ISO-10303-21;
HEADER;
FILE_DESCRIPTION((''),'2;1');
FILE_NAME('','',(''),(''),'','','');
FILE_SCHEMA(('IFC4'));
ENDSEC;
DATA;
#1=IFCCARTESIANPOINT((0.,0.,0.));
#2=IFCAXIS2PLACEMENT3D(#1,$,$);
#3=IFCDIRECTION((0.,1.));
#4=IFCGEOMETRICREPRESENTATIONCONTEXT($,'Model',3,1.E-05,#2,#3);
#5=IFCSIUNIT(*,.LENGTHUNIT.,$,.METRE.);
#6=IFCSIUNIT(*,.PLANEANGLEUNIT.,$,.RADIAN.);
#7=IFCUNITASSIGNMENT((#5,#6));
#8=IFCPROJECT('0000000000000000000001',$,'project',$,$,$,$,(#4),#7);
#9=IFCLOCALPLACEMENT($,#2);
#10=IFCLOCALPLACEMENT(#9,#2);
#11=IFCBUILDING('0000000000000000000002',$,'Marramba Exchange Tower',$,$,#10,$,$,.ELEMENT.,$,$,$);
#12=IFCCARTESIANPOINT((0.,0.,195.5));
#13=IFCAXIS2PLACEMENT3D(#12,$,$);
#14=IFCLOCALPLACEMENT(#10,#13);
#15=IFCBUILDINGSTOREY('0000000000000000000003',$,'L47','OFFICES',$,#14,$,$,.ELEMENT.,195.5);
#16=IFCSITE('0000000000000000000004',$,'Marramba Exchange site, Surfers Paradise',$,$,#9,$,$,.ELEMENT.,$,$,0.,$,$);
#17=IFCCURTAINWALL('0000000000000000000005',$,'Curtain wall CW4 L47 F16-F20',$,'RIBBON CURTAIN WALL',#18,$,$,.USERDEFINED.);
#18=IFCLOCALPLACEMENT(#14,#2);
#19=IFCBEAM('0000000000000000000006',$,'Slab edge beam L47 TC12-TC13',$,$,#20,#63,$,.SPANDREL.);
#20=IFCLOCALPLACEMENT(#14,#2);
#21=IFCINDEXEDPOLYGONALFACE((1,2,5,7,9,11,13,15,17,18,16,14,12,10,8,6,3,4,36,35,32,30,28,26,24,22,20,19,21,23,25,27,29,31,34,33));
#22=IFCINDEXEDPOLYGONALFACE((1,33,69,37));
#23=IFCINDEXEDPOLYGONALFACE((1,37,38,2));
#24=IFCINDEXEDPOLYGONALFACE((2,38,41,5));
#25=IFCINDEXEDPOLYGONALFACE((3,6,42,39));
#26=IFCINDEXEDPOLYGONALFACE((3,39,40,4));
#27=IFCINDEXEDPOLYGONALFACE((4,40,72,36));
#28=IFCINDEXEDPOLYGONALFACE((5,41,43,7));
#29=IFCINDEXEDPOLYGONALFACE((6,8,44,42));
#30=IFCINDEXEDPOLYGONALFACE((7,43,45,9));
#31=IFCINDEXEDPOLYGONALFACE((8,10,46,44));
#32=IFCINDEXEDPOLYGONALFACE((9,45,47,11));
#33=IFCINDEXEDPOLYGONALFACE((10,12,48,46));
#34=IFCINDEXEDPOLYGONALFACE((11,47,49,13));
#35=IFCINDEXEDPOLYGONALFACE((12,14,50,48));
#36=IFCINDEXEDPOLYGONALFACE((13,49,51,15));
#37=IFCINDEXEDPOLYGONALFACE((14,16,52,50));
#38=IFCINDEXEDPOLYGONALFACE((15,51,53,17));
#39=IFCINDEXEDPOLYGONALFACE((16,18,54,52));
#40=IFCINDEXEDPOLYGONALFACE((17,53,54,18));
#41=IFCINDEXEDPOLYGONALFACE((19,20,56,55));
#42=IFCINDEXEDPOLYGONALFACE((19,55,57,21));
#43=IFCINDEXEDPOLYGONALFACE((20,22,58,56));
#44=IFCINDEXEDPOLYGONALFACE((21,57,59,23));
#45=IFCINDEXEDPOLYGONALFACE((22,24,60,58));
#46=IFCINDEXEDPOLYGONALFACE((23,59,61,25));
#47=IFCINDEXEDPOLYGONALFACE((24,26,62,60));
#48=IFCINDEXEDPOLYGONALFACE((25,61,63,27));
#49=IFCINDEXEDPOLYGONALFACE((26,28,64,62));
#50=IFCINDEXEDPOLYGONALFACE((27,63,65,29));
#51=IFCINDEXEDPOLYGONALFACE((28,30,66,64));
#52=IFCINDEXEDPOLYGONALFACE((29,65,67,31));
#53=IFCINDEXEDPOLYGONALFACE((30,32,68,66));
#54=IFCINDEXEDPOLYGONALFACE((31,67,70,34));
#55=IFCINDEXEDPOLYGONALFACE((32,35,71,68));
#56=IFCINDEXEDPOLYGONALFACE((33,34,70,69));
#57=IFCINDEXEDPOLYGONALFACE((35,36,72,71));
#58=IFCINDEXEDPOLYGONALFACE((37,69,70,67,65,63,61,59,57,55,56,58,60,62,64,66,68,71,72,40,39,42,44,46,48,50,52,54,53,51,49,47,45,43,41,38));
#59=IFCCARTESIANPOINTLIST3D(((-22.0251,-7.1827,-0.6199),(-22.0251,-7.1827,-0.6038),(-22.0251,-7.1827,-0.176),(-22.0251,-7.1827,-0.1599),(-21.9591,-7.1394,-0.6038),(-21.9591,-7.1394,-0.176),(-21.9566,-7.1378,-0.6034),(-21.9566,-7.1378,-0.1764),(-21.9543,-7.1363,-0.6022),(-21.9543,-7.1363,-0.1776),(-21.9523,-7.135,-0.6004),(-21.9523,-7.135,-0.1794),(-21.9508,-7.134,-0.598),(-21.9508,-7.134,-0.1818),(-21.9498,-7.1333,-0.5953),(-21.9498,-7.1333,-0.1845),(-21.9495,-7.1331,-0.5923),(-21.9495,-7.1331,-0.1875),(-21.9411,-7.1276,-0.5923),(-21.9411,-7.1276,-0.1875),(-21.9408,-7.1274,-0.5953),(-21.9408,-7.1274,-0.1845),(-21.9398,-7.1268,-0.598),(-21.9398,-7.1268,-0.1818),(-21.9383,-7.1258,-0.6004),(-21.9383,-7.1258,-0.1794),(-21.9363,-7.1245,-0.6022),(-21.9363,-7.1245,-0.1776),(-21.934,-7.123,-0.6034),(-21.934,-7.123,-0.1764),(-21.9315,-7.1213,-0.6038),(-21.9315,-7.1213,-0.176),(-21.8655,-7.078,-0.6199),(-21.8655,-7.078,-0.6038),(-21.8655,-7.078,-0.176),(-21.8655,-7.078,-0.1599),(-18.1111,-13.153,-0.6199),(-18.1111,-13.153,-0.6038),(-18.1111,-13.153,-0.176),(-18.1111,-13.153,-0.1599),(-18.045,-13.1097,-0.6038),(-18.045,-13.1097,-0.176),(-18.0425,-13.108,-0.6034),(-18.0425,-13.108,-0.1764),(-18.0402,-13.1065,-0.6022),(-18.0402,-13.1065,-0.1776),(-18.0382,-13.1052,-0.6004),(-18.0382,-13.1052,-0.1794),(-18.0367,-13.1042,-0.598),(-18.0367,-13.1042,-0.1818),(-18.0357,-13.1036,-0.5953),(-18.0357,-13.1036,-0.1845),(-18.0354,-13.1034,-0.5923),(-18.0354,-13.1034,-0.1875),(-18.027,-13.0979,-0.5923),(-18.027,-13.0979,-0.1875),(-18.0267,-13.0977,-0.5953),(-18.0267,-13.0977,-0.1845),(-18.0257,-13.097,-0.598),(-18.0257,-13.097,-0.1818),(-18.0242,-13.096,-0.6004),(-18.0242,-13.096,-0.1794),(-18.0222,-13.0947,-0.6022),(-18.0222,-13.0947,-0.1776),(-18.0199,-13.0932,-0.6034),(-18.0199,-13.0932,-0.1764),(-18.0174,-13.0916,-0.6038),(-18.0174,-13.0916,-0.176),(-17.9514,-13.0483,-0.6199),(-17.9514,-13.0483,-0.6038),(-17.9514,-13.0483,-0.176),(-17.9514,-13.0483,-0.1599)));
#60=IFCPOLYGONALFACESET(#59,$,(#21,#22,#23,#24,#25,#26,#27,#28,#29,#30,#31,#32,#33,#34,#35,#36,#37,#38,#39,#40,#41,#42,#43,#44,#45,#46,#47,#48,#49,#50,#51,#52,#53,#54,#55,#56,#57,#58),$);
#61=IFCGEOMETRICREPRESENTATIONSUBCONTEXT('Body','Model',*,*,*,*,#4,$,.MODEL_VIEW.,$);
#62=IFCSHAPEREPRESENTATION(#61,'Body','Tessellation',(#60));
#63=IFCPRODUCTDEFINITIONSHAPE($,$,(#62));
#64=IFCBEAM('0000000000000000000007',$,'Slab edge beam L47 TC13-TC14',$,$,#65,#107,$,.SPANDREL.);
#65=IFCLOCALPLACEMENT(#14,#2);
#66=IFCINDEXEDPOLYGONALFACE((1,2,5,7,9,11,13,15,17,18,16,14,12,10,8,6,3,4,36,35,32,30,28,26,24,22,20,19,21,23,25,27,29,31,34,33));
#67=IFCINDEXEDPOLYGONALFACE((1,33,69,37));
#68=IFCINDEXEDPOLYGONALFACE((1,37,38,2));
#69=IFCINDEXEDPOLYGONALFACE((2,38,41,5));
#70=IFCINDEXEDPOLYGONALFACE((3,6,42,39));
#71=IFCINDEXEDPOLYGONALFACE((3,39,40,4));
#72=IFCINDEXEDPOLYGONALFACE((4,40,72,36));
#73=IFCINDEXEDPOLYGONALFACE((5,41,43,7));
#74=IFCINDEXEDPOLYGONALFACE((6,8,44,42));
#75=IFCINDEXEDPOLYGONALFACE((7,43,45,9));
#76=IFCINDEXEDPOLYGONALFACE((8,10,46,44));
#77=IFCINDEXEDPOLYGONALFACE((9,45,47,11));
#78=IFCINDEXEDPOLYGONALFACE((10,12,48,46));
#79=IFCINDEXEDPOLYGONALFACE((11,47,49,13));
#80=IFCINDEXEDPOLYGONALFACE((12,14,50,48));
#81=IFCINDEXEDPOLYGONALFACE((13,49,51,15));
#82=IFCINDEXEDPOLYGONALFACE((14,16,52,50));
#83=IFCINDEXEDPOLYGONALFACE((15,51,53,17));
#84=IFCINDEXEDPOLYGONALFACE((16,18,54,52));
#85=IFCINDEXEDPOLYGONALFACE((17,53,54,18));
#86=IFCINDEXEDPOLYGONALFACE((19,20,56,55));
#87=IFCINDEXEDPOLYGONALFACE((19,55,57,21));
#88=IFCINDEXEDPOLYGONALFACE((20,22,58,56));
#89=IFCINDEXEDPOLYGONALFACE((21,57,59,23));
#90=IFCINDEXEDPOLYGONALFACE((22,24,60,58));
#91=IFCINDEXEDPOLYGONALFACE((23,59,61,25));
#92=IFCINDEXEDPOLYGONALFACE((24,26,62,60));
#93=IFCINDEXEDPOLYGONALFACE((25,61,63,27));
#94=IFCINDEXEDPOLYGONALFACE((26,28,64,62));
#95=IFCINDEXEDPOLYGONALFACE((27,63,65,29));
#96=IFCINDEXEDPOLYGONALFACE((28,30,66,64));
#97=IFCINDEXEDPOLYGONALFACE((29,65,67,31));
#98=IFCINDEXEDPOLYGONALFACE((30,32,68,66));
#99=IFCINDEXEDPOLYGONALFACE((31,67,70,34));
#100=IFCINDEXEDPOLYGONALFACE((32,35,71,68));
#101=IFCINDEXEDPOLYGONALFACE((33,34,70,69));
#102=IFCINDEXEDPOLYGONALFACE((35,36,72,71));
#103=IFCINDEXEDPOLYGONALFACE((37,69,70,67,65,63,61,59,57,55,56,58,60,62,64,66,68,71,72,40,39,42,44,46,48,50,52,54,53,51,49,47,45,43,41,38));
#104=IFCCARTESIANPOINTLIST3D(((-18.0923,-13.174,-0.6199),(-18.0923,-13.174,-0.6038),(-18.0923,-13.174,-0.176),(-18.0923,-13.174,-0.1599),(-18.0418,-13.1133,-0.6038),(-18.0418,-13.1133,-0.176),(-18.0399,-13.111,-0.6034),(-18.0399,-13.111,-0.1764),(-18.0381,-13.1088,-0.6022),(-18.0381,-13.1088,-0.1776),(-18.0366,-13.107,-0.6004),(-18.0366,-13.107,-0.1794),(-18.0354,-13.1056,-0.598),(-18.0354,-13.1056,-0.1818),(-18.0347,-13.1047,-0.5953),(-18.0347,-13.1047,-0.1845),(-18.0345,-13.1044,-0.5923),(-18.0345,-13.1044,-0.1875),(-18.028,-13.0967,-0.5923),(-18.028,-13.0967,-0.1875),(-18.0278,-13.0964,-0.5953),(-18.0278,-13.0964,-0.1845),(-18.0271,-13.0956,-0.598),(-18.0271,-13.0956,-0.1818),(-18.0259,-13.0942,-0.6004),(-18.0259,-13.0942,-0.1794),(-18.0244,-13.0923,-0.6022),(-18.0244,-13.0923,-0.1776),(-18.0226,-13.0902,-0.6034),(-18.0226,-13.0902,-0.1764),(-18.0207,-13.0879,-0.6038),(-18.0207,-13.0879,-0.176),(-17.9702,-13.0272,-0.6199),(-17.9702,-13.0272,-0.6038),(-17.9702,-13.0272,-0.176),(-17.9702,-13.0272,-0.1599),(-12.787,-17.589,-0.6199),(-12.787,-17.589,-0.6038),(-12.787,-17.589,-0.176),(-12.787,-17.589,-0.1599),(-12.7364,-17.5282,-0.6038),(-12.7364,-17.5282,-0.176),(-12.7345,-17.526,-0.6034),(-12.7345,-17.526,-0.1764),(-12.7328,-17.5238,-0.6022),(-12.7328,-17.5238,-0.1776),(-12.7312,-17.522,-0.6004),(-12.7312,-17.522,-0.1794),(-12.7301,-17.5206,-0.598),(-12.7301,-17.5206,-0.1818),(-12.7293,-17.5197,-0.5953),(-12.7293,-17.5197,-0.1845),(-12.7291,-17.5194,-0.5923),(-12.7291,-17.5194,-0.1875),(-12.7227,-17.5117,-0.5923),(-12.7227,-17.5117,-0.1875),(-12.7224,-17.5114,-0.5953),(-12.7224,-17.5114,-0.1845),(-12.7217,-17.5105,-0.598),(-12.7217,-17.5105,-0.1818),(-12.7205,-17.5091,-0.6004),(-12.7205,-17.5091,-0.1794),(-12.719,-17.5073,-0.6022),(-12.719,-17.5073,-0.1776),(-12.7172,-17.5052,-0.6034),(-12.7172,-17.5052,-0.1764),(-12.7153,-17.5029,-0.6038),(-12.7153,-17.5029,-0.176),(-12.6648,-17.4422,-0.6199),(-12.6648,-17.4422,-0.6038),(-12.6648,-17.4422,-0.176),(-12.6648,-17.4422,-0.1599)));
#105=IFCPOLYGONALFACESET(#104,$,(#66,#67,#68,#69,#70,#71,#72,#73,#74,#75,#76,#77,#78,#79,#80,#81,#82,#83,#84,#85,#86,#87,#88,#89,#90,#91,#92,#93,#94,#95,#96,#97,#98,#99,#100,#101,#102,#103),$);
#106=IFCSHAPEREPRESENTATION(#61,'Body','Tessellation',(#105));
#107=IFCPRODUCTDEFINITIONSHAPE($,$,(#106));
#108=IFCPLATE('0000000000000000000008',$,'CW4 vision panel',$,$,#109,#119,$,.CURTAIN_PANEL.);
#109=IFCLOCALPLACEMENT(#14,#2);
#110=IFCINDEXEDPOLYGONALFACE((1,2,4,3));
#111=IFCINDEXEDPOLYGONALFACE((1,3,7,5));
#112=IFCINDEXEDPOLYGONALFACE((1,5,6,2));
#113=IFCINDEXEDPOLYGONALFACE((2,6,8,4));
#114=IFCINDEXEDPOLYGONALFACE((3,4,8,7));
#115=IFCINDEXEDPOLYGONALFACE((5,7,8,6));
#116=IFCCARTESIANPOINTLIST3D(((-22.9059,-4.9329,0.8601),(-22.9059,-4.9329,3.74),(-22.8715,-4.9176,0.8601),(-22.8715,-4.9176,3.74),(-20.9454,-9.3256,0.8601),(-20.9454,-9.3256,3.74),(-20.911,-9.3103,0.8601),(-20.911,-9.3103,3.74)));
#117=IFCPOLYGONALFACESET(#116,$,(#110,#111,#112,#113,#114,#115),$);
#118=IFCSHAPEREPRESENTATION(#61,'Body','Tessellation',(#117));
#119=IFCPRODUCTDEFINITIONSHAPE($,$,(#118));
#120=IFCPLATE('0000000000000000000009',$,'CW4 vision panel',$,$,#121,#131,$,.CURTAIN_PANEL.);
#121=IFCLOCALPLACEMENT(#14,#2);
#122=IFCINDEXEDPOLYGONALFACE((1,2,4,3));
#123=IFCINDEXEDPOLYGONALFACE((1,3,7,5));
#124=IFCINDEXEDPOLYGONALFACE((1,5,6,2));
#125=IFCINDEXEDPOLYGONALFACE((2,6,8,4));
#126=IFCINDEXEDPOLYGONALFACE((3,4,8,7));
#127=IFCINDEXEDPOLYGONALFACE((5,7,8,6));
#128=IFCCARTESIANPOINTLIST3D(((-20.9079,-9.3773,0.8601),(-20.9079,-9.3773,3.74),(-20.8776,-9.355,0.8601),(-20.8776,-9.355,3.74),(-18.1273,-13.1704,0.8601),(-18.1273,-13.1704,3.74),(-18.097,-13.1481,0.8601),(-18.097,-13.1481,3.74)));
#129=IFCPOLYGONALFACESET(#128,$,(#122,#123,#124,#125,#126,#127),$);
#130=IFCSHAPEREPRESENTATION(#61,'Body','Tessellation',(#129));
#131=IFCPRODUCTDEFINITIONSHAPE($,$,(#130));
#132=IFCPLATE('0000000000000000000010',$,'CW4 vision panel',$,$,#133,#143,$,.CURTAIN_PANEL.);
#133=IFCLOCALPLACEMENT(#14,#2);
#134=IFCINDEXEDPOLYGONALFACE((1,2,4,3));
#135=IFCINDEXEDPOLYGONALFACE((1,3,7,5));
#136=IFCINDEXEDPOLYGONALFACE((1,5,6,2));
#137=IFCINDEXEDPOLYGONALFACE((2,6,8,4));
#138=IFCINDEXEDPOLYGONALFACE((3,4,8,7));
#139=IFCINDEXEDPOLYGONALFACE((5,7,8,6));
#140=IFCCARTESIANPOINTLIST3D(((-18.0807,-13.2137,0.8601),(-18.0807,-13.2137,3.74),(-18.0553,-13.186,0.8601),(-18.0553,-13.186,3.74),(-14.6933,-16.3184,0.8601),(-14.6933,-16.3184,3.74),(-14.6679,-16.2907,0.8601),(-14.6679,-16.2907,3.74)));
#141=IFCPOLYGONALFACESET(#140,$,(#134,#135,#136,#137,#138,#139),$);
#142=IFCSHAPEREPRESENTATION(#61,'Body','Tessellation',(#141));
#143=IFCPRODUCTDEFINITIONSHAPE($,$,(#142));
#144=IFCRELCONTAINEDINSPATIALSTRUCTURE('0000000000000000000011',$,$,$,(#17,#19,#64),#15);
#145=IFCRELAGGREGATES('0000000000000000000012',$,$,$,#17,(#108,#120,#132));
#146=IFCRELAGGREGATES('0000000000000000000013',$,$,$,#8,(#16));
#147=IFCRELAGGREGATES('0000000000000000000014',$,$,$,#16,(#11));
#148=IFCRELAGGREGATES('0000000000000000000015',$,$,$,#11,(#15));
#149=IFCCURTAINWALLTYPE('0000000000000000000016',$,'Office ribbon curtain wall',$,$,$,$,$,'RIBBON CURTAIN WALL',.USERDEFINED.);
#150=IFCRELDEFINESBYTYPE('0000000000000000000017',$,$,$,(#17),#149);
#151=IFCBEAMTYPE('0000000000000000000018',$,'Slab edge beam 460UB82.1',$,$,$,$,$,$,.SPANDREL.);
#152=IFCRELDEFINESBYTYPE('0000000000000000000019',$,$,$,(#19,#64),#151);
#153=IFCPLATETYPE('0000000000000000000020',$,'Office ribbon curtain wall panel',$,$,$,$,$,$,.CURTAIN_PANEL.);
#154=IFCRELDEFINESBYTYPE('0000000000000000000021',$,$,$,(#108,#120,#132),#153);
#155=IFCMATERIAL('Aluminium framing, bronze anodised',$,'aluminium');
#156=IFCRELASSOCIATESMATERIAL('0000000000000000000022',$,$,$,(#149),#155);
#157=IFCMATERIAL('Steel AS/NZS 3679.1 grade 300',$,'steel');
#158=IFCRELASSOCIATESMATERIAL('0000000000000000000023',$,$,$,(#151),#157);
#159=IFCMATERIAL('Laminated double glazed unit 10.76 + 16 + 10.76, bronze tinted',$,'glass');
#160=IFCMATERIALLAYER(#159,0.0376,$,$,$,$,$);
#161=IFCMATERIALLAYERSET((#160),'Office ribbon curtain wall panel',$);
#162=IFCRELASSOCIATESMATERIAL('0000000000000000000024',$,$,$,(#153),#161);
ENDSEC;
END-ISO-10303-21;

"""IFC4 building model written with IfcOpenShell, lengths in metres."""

from ifc_helpers import new_model, si_unit, direction, frame, origin, origin_2d, place, context, subcontext, project, spatial, rectangle, i_section, extrude, material, layer, layer_set, material_profile, profile_set, type_object, element, aggregate, save


model = new_model("IFC4")

# Units and contexts
model_context = context("Model", 3, precision=1e-05, world=origin(), true_north=direction((0.0, 1.0)))
body_context = subcontext(model_context, "Body", "Model", "MODEL_VIEW")
ifc_project = project(units=[si_unit("LENGTHUNIT", "METRE"), si_unit("PLANEANGLEUNIT", "RADIAN")], contexts=[model_context])

# Site, building, storey
site_placement = place(None, origin())
site = spatial("IfcSite", under=ifc_project, at=site_placement, Name="Marramba Exchange site, Surfers Paradise", CompositionType="ELEMENT", RefElevation=0.0)
building_placement = place(site_placement, origin())
building = spatial("IfcBuilding", under=site, at=building_placement, Name="Marramba Exchange Tower", CompositionType="ELEMENT")
storey_placement = place(building_placement, frame((0.0, 0.0, 195.5)))
storey = spatial("IfcBuildingStorey", under=building, at=storey_placement, Name="L47", Description="OFFICES", CompositionType="ELEMENT", Elevation=195.5)

# Curtain wall
ifc_material_1 = material(Name="Aluminium framing, bronze anodised", Category="aluminium")
curtain_wall_type = type_object("IfcCurtainWallType", Name="Office ribbon curtain wall", ElementType="RIBBON CURTAIN WALL", PredefinedType="USERDEFINED", material=ifc_material_1)
curtain_wall_placement = place(storey_placement, origin())
curtain_wall = element("IfcCurtainWall", 1, at=curtain_wall_placement, inside=storey, type_object=curtain_wall_type, Name="Curtain wall CW4 L47 F16-F20", ObjectType="RIBBON CURTAIN WALL", PredefinedType="USERDEFINED")

# Beams
ifc_material_2 = material(Name="Steel AS/NZS 3679.1 grade 300", Category="steel")
ifc_material_profile_1 = material_profile(ifc_material_2, i_section(OverallWidth=0.1909, OverallDepth=0.46, WebThickness=0.01, FlangeThickness=0.0161, FilletRadius=0.0115, at=origin_2d()), Name="460UB82.1")
ifc_profile_set_1 = profile_set([ifc_material_profile_1], Name="Steel AS/NZS 3679.1 grade 300")
beam_type_1 = type_object("IfcBeamType", Name="Slab edge beam 460UB82.1", PredefinedType="SPANDREL", material=ifc_profile_set_1)
beam_1_placement = place(storey_placement, frame((-21.9453, -7.1304, -0.3899), z_axis=(0.548275, -0.836298, 0.0), x_axis=(0.836298, 0.548275, 0.0)))
element("IfcBeam", 2, at=beam_1_placement, inside=storey, type_object=beam_type_1, Name="Slab edge beam L47 TC12-TC13", PredefinedType="SPANDREL", context=body_context, shape_type="SweptSolid", body=[
    extrude(i_section(OverallWidth=0.1909, OverallDepth=0.46, WebThickness=0.01, FlangeThickness=0.0161, FilletRadius=0.0115, at=origin_2d()), origin(), (0.0, 0.0, 1.0), 7.1389),
])
beam_2_placement = place(storey_placement, frame((-18.0312, -13.1006, -0.3899), z_axis=(0.768659, -0.639659, 0.0), x_axis=(0.639659, 0.768659, 0.0)))
element("IfcBeam", 3, at=beam_2_placement, inside=storey, type_object=beam_type_1, Name="Slab edge beam L47 TC13-TC14", PredefinedType="SPANDREL", context=body_context, shape_type="SweptSolid", body=[
    extrude(i_section(OverallWidth=0.1909, OverallDepth=0.46, WebThickness=0.01, FlangeThickness=0.0161, FilletRadius=0.0115, at=origin_2d()), origin(), (0.0, 0.0, 1.0), 6.9021),
])

# Plates
ifc_material_3 = material(Name="Laminated double glazed unit 10.76 + 16 + 10.76, bronze tinted", Category="glass")
ifc_layer_1 = layer(ifc_material_3, 0.0376)
ifc_layer_set_1 = layer_set([ifc_layer_1], Name="Office ribbon curtain wall panel")
plate_type = type_object("IfcPlateType", Name="Office ribbon curtain wall panel", PredefinedType="CURTAIN_PANEL", material=ifc_layer_set_1)
plate_1_placement = place(storey_placement, frame((-21.9084, -7.1216, 0.8601), z_axis=(0.0, 0.0, 1.0), x_axis=(0.407558, -0.91318, 0.0)))
plate_1 = element("IfcPlate", 4, at=plate_1_placement, type_object=plate_type, Name="CW4 vision panel", PredefinedType="CURTAIN_PANEL", context=body_context, shape_type="SweptSolid", body=[
    extrude(rectangle(XDim=4.8103, YDim=0.0376, at=origin_2d()), origin(), (0.0, 0.0, 1.0), 2.8799),
])
plate_2_placement = place(storey_placement, frame((-19.5024, -11.2627, 0.8601), z_axis=(0.0, 0.0, 1.0), x_axis=(0.591223, -0.806508, 0.0)))
plate_2 = element("IfcPlate", 5, at=plate_2_placement, type_object=plate_type, Name="CW4 vision panel", PredefinedType="CURTAIN_PANEL", context=body_context, shape_type="SweptSolid", body=[
    extrude(rectangle(XDim=4.7031, YDim=0.0376, at=origin_2d()), origin(), (0.0, 0.0, 1.0), 2.8799),
])
plate_3_placement = place(storey_placement, frame((-16.3743, -14.7522, 0.8601), z_axis=(0.0, 0.0, 1.0), x_axis=(0.737203, -0.675671, 0.0)))
plate_3 = element("IfcPlate", 6, at=plate_3_placement, type_object=plate_type, Name="CW4 vision panel", PredefinedType="CURTAIN_PANEL", context=body_context, shape_type="SweptSolid", body=[
    extrude(rectangle(XDim=4.595, YDim=0.0376, at=origin_2d()), origin(), (0.0, 0.0, 1.0), 2.8799),
])
aggregate(curtain_wall, [plate_1, plate_2, plate_3])

save(model, "model.ifc")
